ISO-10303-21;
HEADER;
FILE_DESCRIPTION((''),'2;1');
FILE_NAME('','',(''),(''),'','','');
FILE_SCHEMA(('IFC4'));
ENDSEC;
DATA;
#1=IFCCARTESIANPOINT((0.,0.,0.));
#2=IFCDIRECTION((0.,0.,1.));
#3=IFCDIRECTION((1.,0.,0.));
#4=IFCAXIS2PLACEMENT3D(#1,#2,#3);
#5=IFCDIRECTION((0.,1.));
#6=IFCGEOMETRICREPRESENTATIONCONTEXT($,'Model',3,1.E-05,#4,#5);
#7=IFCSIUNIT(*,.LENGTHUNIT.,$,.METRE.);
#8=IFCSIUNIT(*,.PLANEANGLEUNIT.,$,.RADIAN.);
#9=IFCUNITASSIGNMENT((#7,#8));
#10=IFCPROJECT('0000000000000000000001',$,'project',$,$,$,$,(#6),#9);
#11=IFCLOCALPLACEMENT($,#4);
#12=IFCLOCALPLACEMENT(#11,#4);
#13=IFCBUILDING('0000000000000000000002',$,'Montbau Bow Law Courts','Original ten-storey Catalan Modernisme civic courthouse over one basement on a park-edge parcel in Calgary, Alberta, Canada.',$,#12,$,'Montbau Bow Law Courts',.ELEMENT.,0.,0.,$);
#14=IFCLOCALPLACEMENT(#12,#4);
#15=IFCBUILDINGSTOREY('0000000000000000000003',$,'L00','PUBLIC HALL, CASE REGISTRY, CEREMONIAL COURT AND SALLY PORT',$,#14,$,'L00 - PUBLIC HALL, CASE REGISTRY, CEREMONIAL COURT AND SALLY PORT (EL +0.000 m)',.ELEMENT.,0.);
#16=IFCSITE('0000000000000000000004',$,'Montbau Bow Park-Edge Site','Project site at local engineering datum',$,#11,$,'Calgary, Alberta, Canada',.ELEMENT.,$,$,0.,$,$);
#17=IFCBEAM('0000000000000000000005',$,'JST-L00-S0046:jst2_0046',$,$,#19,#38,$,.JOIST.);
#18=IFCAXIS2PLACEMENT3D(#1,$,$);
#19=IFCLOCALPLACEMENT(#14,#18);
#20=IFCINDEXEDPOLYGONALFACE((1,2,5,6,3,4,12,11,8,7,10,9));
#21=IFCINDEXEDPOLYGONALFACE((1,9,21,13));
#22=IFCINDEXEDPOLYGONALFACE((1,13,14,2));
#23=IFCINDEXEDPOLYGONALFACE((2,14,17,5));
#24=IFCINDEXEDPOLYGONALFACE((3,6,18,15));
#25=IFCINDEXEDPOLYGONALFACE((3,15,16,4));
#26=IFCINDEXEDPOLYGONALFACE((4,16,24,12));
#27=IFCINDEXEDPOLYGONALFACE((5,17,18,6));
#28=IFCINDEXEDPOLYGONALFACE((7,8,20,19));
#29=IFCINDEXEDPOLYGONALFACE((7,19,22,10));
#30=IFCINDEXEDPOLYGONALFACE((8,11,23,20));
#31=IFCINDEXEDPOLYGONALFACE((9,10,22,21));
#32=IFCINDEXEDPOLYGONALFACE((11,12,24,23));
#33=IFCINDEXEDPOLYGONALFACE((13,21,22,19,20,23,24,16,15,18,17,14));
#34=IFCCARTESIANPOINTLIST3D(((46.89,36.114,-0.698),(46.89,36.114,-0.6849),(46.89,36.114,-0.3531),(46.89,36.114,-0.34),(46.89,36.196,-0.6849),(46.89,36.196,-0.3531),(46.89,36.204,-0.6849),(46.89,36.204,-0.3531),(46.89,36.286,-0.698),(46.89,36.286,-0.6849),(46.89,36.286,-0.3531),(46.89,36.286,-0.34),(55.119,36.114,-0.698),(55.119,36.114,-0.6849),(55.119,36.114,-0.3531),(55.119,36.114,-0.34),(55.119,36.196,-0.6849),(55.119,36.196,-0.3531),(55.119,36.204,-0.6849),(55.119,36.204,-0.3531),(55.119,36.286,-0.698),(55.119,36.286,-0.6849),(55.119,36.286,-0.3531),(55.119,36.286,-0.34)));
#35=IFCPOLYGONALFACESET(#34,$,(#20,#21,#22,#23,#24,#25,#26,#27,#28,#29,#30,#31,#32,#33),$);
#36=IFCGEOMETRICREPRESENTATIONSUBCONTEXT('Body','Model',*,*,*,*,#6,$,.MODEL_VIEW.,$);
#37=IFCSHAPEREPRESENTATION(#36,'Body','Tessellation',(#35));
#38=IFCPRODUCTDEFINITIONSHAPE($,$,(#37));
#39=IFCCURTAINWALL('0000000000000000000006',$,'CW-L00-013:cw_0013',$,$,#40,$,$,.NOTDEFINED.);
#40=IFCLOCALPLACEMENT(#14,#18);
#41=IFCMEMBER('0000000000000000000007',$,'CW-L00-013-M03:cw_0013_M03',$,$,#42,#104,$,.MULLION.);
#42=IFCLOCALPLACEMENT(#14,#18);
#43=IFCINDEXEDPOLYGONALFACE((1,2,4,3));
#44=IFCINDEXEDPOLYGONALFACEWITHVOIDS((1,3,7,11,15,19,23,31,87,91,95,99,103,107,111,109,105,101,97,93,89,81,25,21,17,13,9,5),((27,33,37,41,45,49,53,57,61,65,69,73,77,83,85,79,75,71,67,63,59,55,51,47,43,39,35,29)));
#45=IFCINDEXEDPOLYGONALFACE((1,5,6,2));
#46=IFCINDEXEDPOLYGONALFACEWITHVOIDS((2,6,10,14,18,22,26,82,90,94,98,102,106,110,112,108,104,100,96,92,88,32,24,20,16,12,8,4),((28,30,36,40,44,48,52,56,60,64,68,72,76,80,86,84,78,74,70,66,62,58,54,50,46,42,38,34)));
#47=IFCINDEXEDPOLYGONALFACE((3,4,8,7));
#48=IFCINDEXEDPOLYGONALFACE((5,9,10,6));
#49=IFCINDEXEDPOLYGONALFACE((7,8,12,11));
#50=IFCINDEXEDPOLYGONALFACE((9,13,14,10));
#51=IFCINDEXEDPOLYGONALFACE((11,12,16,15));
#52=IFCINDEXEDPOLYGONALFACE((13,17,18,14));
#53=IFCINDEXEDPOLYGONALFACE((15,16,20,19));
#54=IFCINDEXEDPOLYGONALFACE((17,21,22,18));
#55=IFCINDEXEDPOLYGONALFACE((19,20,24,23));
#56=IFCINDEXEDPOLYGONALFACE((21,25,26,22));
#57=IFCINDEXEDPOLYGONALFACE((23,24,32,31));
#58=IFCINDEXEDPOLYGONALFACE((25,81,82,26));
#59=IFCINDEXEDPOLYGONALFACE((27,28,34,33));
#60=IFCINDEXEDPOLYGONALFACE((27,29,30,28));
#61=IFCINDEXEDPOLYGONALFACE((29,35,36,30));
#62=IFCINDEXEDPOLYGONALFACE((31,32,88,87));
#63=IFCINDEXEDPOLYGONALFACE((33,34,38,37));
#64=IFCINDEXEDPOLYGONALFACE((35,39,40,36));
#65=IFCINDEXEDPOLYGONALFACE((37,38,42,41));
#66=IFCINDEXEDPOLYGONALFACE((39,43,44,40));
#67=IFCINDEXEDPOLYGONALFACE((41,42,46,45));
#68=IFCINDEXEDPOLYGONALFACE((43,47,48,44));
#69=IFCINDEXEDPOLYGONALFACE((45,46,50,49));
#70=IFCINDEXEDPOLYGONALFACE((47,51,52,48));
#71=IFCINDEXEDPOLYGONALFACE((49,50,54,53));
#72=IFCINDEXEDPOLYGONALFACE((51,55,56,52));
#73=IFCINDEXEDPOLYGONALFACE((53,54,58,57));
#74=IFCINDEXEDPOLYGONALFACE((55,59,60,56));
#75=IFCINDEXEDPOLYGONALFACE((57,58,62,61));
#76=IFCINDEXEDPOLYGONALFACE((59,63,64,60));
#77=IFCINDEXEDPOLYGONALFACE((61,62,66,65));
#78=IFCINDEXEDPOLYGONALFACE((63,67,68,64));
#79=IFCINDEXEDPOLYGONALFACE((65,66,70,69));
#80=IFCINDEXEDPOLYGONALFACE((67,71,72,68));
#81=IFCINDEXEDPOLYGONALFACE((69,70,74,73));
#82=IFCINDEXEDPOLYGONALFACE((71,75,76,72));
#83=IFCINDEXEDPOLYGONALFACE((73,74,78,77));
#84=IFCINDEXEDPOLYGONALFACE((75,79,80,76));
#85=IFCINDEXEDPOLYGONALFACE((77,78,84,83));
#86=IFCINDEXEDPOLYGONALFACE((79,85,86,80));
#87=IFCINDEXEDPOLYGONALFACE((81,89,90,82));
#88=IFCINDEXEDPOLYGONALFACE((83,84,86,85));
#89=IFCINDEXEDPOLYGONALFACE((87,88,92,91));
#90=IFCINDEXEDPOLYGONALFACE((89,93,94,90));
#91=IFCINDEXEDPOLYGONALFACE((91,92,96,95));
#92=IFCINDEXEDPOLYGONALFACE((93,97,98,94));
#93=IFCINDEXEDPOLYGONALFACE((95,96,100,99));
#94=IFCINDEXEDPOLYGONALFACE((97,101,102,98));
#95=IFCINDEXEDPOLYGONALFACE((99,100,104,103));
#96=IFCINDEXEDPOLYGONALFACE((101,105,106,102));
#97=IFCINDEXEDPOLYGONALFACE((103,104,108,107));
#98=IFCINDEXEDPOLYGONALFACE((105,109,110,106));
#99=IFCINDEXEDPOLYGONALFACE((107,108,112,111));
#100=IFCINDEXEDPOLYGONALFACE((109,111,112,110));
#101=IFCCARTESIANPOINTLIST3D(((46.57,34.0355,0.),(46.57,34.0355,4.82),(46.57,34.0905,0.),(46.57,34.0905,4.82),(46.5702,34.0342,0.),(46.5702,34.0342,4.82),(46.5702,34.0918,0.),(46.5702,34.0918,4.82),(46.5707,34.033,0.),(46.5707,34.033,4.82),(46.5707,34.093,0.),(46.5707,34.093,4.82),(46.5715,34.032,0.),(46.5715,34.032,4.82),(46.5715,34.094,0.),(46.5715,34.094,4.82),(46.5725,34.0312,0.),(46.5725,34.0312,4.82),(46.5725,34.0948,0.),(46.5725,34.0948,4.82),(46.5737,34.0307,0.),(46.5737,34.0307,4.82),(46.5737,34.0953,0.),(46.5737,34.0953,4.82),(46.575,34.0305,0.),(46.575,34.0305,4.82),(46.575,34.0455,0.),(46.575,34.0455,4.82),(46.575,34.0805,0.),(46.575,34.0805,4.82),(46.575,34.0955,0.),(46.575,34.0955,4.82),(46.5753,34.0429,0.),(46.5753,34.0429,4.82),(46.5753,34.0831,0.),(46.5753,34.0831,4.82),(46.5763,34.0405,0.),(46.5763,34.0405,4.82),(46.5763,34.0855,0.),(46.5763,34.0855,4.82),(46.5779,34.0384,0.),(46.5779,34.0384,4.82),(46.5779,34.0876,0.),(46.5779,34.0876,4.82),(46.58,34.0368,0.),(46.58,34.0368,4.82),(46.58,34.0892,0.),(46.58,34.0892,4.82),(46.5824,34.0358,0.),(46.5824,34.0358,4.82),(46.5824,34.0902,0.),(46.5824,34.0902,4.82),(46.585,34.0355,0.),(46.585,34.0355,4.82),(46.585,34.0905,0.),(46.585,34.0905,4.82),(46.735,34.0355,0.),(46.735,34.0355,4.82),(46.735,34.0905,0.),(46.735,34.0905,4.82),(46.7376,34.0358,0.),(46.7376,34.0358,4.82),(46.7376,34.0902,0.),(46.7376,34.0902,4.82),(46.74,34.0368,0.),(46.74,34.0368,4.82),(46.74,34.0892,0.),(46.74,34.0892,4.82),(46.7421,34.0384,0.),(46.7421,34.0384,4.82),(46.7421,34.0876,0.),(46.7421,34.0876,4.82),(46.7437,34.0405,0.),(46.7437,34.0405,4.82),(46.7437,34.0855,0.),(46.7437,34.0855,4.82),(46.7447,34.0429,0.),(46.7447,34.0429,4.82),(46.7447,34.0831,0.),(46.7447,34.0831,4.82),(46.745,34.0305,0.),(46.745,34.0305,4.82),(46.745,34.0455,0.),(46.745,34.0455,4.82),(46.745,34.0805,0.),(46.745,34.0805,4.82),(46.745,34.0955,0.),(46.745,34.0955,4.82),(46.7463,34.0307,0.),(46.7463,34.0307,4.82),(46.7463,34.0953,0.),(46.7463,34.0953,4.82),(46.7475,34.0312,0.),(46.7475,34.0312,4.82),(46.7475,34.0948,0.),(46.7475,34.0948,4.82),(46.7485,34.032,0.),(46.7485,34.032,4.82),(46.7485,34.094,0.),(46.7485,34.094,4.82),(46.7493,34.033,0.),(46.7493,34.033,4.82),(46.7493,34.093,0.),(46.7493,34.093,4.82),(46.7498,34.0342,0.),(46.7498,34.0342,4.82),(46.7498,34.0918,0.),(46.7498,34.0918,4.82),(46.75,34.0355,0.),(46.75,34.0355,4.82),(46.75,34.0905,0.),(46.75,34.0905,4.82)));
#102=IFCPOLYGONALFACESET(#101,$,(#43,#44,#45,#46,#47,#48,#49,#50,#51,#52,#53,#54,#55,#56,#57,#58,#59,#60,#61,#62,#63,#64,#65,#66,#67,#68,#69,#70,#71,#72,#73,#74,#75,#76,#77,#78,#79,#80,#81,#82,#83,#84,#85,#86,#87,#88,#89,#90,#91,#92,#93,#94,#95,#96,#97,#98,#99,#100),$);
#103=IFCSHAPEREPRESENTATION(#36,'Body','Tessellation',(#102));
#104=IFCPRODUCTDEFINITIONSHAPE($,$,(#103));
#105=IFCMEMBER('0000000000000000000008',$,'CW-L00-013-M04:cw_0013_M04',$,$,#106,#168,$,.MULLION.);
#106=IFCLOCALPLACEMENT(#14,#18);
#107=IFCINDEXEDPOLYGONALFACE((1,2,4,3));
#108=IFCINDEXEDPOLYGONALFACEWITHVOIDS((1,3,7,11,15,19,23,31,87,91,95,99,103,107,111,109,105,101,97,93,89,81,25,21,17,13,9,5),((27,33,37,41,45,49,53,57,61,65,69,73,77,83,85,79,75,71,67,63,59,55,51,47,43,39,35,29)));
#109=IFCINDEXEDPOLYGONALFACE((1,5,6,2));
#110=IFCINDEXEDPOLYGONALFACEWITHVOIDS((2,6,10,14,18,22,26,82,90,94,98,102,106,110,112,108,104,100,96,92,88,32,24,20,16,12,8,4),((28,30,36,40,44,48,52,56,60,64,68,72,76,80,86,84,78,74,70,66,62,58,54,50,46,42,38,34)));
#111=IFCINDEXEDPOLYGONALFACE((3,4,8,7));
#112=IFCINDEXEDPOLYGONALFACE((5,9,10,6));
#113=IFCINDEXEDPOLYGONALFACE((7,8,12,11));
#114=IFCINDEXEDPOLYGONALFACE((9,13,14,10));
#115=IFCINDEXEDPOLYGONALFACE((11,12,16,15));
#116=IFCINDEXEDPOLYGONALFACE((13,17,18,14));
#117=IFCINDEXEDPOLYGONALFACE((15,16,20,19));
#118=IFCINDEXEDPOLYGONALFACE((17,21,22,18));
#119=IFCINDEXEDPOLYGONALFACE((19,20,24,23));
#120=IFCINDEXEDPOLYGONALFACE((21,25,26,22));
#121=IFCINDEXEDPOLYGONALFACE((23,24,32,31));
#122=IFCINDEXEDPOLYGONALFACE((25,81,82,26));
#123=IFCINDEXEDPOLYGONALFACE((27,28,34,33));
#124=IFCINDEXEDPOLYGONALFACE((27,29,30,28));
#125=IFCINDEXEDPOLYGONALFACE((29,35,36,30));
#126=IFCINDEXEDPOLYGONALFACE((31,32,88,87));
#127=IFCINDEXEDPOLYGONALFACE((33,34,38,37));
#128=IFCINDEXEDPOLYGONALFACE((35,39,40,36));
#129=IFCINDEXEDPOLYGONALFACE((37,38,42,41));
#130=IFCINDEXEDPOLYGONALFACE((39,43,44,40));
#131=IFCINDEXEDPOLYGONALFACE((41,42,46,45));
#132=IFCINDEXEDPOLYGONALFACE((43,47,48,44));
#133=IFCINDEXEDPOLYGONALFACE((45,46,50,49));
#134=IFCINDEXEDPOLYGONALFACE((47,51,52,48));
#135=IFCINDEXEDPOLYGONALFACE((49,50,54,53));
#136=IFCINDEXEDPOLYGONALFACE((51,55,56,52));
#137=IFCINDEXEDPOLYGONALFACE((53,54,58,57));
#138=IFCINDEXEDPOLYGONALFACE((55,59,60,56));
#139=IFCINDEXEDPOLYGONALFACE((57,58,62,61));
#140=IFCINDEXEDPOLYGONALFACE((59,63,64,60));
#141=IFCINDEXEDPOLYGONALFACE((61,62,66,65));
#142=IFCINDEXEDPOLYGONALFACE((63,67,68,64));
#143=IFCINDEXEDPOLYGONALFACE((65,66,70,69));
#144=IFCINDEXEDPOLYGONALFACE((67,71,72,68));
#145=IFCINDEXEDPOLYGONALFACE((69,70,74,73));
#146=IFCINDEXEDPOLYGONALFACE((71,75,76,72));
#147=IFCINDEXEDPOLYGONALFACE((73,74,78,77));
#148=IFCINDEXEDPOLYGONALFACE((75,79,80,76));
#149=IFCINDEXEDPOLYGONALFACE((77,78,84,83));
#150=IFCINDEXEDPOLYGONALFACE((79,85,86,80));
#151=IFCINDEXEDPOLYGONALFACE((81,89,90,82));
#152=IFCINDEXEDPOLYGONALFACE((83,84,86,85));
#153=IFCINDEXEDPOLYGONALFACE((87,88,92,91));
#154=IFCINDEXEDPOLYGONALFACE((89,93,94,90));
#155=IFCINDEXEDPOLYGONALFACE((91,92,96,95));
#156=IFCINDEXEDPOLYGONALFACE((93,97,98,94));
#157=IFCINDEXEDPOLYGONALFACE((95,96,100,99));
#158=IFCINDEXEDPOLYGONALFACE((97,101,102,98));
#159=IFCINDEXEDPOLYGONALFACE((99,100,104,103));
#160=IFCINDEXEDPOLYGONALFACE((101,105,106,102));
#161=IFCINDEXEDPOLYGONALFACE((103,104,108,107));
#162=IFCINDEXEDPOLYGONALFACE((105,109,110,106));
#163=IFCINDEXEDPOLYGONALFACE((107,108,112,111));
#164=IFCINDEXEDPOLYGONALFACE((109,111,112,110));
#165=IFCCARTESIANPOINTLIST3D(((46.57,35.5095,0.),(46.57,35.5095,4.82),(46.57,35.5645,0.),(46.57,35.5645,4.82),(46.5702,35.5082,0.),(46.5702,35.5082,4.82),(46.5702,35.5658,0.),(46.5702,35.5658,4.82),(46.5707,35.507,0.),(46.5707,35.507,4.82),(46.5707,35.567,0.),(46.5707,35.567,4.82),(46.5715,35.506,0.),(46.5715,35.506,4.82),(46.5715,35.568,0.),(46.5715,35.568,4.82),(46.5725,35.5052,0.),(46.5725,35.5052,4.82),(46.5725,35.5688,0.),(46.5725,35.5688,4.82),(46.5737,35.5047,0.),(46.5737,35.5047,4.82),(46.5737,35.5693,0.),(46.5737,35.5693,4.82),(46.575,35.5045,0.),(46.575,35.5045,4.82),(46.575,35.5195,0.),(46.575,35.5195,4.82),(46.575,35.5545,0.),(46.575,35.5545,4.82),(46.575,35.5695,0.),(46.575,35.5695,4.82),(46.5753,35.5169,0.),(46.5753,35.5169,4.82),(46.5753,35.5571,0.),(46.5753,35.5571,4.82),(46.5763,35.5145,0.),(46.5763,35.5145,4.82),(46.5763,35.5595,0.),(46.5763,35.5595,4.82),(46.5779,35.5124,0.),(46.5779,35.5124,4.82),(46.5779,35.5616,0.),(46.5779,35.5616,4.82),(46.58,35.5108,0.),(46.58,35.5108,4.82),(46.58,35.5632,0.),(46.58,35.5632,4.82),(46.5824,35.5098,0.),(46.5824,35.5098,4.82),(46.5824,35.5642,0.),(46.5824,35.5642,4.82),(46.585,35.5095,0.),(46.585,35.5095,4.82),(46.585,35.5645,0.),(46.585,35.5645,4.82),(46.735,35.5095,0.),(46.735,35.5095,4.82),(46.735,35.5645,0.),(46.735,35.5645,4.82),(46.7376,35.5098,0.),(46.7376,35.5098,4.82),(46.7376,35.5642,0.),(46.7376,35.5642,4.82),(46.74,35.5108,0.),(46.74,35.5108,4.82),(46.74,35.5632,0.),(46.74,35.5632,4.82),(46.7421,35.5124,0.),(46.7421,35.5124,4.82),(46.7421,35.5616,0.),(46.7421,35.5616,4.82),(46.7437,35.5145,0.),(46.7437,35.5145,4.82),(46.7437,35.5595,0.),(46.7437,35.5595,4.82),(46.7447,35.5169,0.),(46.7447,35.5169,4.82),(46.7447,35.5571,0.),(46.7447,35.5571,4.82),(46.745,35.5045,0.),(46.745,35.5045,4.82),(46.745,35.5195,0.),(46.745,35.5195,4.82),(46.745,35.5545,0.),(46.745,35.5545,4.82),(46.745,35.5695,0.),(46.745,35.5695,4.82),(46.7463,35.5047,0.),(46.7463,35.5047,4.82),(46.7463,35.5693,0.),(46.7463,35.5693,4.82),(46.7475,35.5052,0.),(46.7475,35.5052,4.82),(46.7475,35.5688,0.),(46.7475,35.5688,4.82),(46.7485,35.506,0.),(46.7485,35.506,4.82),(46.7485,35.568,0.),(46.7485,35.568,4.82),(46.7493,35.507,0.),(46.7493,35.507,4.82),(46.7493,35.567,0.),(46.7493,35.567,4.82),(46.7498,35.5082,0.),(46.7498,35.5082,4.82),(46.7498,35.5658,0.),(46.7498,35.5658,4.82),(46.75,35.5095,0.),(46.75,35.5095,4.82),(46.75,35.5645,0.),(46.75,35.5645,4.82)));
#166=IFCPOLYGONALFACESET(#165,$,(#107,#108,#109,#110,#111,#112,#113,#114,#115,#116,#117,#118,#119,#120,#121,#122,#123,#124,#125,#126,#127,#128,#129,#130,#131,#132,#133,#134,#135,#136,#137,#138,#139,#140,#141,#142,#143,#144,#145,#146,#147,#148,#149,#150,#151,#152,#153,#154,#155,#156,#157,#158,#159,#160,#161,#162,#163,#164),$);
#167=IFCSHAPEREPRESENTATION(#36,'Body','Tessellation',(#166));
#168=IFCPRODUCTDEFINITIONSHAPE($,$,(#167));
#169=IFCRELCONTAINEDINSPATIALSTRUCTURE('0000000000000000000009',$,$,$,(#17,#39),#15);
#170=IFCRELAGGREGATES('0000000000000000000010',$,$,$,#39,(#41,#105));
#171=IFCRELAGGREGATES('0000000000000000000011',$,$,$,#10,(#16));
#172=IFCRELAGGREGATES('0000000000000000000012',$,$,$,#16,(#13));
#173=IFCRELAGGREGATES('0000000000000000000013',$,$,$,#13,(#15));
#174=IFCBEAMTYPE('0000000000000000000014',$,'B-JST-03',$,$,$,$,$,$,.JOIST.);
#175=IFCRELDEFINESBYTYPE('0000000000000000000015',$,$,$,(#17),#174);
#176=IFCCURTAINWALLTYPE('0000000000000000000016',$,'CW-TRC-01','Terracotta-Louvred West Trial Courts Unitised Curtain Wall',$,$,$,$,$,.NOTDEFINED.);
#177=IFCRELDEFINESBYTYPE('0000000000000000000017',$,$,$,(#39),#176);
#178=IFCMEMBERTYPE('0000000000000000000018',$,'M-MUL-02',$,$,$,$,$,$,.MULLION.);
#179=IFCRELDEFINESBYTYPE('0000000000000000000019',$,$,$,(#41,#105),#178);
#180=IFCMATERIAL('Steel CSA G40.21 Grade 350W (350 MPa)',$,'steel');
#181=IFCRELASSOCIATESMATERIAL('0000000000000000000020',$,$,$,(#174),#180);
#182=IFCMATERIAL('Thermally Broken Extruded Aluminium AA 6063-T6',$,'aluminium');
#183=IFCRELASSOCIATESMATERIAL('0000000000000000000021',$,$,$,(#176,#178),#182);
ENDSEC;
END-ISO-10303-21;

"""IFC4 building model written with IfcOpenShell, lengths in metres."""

from ifc_helpers import new_model, si_unit, direction, frame, origin_with_axes, origin_2d_with_axis, place, context, subcontext, project, spatial, hollow_rectangle, i_section, extrude, material, material_profile, profile_set, type_object, element, aggregate, save


model = new_model("IFC4")

# Units and contexts
model_context = context("Model", 3, precision=1e-05, world=origin_with_axes(), true_north=direction((0.0, 1.0)))
body_context = subcontext(model_context, "Body", "Model", "MODEL_VIEW")
ifc_project = project(units=[si_unit("LENGTHUNIT", "METRE"), si_unit("PLANEANGLEUNIT", "RADIAN")], contexts=[model_context])

# Site, building, storey
site_placement = place(None, origin_with_axes())
site = spatial("IfcSite", under=ifc_project, at=site_placement, Name="Montbau Bow Park-Edge Site", Description="Project site at local engineering datum", LongName="Calgary, Alberta, Canada", CompositionType="ELEMENT", RefElevation=0.0)
building_placement = place(site_placement, origin_with_axes())
building = spatial("IfcBuilding", under=site, at=building_placement, Name="Montbau Bow Law Courts", Description="Original ten-storey Catalan Modernisme civic courthouse over one basement on a park-edge parcel in Calgary, Alberta, Canada.", LongName="Montbau Bow Law Courts", CompositionType="ELEMENT", ElevationOfRefHeight=0.0, ElevationOfTerrain=0.0)
storey_placement = place(building_placement, origin_with_axes())
storey = spatial("IfcBuildingStorey", under=building, at=storey_placement, Name="L00", Description="PUBLIC HALL, CASE REGISTRY, CEREMONIAL COURT AND SALLY PORT", LongName="L00 - PUBLIC HALL, CASE REGISTRY, CEREMONIAL COURT AND SALLY PORT (EL +0.000 m)", CompositionType="ELEMENT", Elevation=0.0)

# Beam
ifc_material_1 = material(Name="Steel CSA G40.21 Grade 350W (350 MPa)", Category="steel")
ifc_material_profile_1 = material_profile(ifc_material_1, i_section(OverallWidth=0.172, OverallDepth=0.358, WebThickness=0.0079, FlangeThickness=0.0131, at=origin_2d_with_axis()), Name="W360X57", Category="Main", Priority=0)
ifc_profile_set_1 = profile_set([ifc_material_profile_1], Name="Steel CSA G40.21 Grade 350W (350 MPa)")
beam_type = type_object("IfcBeamType", Name="B-JST-03", PredefinedType="JOIST", material=ifc_profile_set_1)
beam_placement = place(None, frame((46.89, 36.2, -0.519), z_axis=(1.0, 0.0, 0.0), x_axis=(0.0, 1.0, 0.0)))
element("IfcBeam", 1, at=beam_placement, inside=storey, type_object=beam_type, Name="JST-L00-S0046:jst2_0046", PredefinedType="JOIST", context=body_context, shape_type="SweptSolid", body=[
    extrude(i_section(OverallWidth=0.172, OverallDepth=0.358, WebThickness=0.0079, FlangeThickness=0.0131, at=origin_2d_with_axis()), origin_with_axes(), (0.0, 0.0, 1.0), 8.229),
])

# Curtain wall, members
ifc_material_2 = material(Name="Thermally Broken Extruded Aluminium AA 6063-T6", Category="aluminium")
curtain_wall_type = type_object("IfcCurtainWallType", Name="CW-TRC-01", Description="Terracotta-Louvred West Trial Courts Unitised Curtain Wall", PredefinedType="NOTDEFINED", material=ifc_material_2)
curtain_wall_placement = place(None, frame((46.66, 31.115, 0.0), z_axis=(0.0, 0.0, 1.0), x_axis=(1.0, 0.0, 0.0)))
curtain_wall = element("IfcCurtainWall", 2, at=curtain_wall_placement, inside=storey, type_object=curtain_wall_type, Name="CW-L00-013:cw_0013", PredefinedType="NOTDEFINED")
ifc_material_profile_2 = material_profile(ifc_material_2, hollow_rectangle(XDim=0.065, YDim=0.18, WallThickness=0.005, InnerFilletRadius=0.01, OuterFilletRadius=0.005, at=origin_2d_with_axis()), Name="CWM-180X65", Category="Main", Priority=0)
ifc_profile_set_2 = profile_set([ifc_material_profile_2], Name="Thermally Broken Extruded Aluminium AA 6063-T6")
member_type_1 = type_object("IfcMemberType", Name="M-MUL-02", PredefinedType="MULLION", material=ifc_profile_set_2)
member_1_placement = place(None, frame((46.66, 34.063, 0.0), z_axis=(0.0, 0.0, 1.0), x_axis=(0.0, 1.0, 0.0)))
member_1 = element("IfcMember", 3, at=member_1_placement, type_object=member_type_1, Name="CW-L00-013-M03:cw_0013_M03", PredefinedType="MULLION", context=body_context, shape_type="SweptSolid", body=[
    extrude(hollow_rectangle(XDim=0.065, YDim=0.18, WallThickness=0.005, InnerFilletRadius=0.01, OuterFilletRadius=0.005, at=origin_2d_with_axis()), origin_with_axes(), (0.0, 0.0, 1.0), 4.82),
])
member_2_placement = place(None, frame((46.66, 35.537, 0.0), z_axis=(0.0, 0.0, 1.0), x_axis=(0.0, 1.0, 0.0)))
member_2 = element("IfcMember", 4, at=member_2_placement, type_object=member_type_1, Name="CW-L00-013-M04:cw_0013_M04", PredefinedType="MULLION", context=body_context, shape_type="SweptSolid", body=[
    extrude(hollow_rectangle(XDim=0.065, YDim=0.18, WallThickness=0.005, InnerFilletRadius=0.01, OuterFilletRadius=0.005, at=origin_2d_with_axis()), origin_with_axes(), (0.0, 0.0, 1.0), 4.82),
])
aggregate(curtain_wall, [member_1, member_2])

save(model, "model.ifc")
